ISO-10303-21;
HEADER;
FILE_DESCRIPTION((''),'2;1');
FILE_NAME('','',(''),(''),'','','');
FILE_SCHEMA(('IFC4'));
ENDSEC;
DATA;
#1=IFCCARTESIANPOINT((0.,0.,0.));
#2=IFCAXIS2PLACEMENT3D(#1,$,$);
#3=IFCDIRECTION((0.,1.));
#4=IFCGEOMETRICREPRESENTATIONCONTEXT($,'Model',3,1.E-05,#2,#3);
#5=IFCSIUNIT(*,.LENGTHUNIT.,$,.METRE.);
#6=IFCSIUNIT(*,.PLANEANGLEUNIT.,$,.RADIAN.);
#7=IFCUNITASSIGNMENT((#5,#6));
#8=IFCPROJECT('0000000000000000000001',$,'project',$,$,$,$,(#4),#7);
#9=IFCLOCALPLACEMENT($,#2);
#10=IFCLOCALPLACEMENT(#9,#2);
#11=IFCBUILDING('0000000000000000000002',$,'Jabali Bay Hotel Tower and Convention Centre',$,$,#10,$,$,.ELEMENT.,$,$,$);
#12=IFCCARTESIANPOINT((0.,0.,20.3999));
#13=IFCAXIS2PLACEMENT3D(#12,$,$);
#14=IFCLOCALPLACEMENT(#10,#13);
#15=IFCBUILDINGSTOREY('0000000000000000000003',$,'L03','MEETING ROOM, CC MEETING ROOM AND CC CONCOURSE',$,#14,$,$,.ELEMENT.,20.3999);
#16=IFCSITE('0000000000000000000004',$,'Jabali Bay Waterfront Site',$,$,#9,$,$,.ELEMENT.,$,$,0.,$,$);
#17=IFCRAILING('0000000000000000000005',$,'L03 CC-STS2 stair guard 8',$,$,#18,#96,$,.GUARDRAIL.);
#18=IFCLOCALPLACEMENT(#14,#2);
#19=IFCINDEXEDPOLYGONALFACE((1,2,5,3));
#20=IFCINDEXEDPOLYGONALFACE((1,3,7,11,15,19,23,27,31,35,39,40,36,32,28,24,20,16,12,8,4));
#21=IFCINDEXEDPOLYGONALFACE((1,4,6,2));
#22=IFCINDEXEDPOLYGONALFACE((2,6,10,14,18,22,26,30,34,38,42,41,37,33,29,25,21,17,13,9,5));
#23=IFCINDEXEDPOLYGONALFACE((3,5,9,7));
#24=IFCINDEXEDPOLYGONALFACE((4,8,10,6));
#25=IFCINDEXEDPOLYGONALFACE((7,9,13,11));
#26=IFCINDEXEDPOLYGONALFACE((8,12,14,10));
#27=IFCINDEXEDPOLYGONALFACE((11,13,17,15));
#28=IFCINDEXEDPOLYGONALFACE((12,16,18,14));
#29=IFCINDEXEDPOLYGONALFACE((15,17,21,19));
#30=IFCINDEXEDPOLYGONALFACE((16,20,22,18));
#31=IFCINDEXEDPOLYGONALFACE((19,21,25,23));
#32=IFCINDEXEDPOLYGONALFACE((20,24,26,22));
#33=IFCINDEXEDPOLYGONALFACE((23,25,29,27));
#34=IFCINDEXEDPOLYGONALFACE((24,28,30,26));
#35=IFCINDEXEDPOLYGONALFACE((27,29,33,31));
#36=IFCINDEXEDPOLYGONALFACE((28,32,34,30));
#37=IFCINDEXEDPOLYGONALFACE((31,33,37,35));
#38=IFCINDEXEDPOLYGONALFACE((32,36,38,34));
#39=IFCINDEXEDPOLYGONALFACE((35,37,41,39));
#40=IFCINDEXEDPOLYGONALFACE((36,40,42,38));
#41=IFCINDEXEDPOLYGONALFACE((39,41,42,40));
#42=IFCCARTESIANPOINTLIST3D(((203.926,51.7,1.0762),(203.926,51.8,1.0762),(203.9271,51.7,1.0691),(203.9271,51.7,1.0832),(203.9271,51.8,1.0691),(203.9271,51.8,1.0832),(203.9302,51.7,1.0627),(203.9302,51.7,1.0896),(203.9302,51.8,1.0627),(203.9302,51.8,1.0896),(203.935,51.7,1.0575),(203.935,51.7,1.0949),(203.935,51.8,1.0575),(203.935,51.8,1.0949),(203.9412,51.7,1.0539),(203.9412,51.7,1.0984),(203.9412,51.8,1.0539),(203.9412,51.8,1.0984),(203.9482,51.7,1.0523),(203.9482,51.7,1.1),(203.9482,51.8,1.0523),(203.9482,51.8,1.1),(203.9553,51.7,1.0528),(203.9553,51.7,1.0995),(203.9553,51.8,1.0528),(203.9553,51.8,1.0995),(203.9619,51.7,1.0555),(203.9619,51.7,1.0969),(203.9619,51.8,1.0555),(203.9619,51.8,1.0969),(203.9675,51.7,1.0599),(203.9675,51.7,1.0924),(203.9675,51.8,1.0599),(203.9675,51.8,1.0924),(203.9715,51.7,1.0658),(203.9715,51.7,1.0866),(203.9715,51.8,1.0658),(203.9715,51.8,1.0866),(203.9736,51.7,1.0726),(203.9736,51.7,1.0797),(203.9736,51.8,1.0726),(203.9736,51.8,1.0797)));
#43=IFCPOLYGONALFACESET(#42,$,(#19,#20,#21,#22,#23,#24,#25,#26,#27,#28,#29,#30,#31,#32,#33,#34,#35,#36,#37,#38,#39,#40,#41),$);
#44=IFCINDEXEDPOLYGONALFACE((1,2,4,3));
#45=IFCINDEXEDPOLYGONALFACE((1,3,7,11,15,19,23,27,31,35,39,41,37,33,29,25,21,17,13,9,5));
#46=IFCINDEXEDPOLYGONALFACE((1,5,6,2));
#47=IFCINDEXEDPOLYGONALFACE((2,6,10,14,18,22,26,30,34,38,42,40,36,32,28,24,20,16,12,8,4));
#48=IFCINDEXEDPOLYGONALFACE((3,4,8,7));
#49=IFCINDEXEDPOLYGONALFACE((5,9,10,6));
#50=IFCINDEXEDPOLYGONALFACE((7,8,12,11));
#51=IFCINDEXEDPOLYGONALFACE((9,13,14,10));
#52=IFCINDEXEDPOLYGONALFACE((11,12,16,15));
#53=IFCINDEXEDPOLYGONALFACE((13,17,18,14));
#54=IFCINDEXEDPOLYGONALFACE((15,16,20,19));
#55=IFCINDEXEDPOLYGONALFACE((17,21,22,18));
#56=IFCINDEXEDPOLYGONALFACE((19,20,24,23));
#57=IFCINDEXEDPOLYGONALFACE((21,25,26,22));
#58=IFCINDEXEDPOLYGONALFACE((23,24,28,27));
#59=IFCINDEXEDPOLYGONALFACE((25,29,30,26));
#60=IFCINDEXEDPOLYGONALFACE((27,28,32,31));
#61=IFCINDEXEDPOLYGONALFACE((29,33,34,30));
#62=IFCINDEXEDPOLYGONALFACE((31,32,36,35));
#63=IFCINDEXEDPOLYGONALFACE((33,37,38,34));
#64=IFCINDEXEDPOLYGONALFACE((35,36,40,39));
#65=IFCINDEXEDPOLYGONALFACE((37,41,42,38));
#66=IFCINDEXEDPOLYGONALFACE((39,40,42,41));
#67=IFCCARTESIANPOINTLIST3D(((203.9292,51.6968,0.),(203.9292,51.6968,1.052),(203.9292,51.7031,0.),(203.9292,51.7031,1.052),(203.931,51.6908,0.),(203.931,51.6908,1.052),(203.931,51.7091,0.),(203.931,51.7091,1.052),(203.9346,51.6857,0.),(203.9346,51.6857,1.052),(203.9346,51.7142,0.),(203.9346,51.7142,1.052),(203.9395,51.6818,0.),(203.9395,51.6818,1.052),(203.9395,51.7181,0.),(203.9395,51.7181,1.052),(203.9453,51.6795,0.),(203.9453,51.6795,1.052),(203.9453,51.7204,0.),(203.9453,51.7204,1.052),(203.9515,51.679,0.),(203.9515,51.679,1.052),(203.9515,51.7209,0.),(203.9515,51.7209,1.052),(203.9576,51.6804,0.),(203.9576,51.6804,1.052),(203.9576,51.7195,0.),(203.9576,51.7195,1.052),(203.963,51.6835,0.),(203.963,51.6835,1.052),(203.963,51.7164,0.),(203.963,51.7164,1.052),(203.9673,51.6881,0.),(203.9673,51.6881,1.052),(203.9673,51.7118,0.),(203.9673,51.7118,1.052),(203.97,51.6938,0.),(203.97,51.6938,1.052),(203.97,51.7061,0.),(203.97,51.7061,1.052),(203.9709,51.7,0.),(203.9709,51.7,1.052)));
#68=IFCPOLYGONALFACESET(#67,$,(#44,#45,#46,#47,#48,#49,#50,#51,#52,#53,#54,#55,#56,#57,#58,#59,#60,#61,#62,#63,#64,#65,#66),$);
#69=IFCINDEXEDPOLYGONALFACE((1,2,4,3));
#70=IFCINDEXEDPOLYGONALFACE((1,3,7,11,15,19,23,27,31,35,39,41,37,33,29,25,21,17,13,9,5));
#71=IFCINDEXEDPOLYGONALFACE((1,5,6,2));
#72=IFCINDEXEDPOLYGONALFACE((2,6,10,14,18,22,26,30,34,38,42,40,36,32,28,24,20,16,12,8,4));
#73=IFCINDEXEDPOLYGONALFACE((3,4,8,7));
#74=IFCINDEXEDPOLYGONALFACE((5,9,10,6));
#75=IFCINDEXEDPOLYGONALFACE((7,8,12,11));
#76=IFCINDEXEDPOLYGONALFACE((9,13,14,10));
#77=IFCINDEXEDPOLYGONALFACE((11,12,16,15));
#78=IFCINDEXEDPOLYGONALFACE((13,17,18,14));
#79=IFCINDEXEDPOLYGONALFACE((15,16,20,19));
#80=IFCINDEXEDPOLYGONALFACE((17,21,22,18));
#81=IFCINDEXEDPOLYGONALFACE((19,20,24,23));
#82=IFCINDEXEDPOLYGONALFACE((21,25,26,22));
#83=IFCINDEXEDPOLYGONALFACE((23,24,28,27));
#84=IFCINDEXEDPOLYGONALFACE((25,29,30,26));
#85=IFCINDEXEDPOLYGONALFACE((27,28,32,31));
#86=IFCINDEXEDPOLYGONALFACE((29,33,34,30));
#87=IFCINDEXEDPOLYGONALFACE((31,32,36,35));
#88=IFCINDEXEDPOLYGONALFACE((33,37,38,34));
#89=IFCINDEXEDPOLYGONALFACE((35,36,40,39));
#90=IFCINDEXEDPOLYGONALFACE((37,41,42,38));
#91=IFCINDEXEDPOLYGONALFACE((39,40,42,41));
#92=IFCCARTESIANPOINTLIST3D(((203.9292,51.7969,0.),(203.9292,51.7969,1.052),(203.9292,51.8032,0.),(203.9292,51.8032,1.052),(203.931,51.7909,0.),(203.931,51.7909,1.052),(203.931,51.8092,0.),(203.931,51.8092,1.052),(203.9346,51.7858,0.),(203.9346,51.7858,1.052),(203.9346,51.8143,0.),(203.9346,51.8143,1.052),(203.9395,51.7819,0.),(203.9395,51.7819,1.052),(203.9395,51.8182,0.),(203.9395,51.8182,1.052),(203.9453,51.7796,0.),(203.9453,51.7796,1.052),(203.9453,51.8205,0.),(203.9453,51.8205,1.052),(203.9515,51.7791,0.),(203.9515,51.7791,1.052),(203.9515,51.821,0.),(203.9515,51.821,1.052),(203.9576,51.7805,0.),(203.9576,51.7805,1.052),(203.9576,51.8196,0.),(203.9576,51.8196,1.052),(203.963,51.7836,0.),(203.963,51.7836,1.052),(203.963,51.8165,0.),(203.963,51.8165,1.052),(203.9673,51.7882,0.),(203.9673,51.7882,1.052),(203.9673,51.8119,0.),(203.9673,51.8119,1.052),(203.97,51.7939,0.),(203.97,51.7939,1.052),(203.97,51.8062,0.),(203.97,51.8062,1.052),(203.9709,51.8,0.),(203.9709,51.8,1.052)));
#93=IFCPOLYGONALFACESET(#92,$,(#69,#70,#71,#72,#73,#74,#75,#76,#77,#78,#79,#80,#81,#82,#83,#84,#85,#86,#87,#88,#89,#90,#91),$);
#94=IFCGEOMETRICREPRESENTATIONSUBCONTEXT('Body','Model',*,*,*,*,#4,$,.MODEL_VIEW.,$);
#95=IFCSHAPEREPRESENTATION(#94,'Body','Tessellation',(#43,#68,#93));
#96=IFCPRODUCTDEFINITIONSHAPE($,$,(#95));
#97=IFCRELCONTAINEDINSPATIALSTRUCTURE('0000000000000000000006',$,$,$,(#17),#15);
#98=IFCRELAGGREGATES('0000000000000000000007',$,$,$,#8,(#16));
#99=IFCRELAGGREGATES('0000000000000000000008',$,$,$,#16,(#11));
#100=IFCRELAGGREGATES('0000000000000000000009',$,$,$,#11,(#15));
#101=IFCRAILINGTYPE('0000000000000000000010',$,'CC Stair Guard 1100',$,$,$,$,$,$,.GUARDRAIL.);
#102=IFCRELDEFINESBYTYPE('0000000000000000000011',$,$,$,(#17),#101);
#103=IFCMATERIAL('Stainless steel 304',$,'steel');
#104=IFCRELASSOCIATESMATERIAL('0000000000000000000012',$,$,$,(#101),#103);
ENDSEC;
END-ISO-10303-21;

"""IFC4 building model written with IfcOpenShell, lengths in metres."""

from ifc_helpers import new_model, si_unit, direction, frame, origin, origin_2d, place, context, subcontext, project, spatial, circle, extrude, material, type_object, element, save


model = new_model("IFC4")

# Units and contexts
model_context = context("Model", 3, precision=1e-05, world=origin(), true_north=direction((0.0, 1.0)))
body_context = subcontext(model_context, "Body", "Model", "MODEL_VIEW")
ifc_project = project(units=[si_unit("LENGTHUNIT", "METRE"), si_unit("PLANEANGLEUNIT", "RADIAN")], contexts=[model_context])

# Site, building, storey
site_placement = place(None, origin())
site = spatial("IfcSite", under=ifc_project, at=site_placement, Name="Jabali Bay Waterfront Site", CompositionType="ELEMENT", RefElevation=0.0)
building_placement = place(site_placement, origin())
building = spatial("IfcBuilding", under=site, at=building_placement, Name="Jabali Bay Hotel Tower and Convention Centre", CompositionType="ELEMENT")
storey_placement = place(building_placement, frame((0.0, 0.0, 20.3999)))
storey = spatial("IfcBuildingStorey", under=building, at=storey_placement, Name="L03", Description="MEETING ROOM, CC MEETING ROOM AND CC CONCOURSE", CompositionType="ELEMENT", Elevation=20.3999)

# Railing
ifc_material_1 = material(Name="Stainless steel 304", Category="steel")
railing_type_1 = type_object("IfcRailingType", Name="CC Stair Guard 1100", PredefinedType="GUARDRAIL", material=ifc_material_1)
railing_1_placement = place(storey_placement, frame((203.95, 51.7, 0.0)))
element("IfcRailing", 1, at=railing_1_placement, inside=storey, type_object=railing_type_1, Name="L03 CC-STS2 stair guard 8", PredefinedType="GUARDRAIL", context=body_context, shape_type="SweptSolid", body=[
    extrude(circle(Radius=0.0239, at=origin_2d()), frame((0.0, 0.0, 1.0762), z_axis=(0.0, 1.0, 0.0), x_axis=(-1.0, 0.0, 0.0)), (0.0, 0.0, 1.0), 0.1001),
    extrude(circle(Radius=0.021, at=origin_2d()), origin(), (0.0, 0.0, 1.0), 1.052),
    extrude(circle(Radius=0.021, at=origin_2d()), frame((0.0, 0.1001, 0.0)), (0.0, 0.0, 1.0), 1.052),
])

save(model, "model.ifc")
